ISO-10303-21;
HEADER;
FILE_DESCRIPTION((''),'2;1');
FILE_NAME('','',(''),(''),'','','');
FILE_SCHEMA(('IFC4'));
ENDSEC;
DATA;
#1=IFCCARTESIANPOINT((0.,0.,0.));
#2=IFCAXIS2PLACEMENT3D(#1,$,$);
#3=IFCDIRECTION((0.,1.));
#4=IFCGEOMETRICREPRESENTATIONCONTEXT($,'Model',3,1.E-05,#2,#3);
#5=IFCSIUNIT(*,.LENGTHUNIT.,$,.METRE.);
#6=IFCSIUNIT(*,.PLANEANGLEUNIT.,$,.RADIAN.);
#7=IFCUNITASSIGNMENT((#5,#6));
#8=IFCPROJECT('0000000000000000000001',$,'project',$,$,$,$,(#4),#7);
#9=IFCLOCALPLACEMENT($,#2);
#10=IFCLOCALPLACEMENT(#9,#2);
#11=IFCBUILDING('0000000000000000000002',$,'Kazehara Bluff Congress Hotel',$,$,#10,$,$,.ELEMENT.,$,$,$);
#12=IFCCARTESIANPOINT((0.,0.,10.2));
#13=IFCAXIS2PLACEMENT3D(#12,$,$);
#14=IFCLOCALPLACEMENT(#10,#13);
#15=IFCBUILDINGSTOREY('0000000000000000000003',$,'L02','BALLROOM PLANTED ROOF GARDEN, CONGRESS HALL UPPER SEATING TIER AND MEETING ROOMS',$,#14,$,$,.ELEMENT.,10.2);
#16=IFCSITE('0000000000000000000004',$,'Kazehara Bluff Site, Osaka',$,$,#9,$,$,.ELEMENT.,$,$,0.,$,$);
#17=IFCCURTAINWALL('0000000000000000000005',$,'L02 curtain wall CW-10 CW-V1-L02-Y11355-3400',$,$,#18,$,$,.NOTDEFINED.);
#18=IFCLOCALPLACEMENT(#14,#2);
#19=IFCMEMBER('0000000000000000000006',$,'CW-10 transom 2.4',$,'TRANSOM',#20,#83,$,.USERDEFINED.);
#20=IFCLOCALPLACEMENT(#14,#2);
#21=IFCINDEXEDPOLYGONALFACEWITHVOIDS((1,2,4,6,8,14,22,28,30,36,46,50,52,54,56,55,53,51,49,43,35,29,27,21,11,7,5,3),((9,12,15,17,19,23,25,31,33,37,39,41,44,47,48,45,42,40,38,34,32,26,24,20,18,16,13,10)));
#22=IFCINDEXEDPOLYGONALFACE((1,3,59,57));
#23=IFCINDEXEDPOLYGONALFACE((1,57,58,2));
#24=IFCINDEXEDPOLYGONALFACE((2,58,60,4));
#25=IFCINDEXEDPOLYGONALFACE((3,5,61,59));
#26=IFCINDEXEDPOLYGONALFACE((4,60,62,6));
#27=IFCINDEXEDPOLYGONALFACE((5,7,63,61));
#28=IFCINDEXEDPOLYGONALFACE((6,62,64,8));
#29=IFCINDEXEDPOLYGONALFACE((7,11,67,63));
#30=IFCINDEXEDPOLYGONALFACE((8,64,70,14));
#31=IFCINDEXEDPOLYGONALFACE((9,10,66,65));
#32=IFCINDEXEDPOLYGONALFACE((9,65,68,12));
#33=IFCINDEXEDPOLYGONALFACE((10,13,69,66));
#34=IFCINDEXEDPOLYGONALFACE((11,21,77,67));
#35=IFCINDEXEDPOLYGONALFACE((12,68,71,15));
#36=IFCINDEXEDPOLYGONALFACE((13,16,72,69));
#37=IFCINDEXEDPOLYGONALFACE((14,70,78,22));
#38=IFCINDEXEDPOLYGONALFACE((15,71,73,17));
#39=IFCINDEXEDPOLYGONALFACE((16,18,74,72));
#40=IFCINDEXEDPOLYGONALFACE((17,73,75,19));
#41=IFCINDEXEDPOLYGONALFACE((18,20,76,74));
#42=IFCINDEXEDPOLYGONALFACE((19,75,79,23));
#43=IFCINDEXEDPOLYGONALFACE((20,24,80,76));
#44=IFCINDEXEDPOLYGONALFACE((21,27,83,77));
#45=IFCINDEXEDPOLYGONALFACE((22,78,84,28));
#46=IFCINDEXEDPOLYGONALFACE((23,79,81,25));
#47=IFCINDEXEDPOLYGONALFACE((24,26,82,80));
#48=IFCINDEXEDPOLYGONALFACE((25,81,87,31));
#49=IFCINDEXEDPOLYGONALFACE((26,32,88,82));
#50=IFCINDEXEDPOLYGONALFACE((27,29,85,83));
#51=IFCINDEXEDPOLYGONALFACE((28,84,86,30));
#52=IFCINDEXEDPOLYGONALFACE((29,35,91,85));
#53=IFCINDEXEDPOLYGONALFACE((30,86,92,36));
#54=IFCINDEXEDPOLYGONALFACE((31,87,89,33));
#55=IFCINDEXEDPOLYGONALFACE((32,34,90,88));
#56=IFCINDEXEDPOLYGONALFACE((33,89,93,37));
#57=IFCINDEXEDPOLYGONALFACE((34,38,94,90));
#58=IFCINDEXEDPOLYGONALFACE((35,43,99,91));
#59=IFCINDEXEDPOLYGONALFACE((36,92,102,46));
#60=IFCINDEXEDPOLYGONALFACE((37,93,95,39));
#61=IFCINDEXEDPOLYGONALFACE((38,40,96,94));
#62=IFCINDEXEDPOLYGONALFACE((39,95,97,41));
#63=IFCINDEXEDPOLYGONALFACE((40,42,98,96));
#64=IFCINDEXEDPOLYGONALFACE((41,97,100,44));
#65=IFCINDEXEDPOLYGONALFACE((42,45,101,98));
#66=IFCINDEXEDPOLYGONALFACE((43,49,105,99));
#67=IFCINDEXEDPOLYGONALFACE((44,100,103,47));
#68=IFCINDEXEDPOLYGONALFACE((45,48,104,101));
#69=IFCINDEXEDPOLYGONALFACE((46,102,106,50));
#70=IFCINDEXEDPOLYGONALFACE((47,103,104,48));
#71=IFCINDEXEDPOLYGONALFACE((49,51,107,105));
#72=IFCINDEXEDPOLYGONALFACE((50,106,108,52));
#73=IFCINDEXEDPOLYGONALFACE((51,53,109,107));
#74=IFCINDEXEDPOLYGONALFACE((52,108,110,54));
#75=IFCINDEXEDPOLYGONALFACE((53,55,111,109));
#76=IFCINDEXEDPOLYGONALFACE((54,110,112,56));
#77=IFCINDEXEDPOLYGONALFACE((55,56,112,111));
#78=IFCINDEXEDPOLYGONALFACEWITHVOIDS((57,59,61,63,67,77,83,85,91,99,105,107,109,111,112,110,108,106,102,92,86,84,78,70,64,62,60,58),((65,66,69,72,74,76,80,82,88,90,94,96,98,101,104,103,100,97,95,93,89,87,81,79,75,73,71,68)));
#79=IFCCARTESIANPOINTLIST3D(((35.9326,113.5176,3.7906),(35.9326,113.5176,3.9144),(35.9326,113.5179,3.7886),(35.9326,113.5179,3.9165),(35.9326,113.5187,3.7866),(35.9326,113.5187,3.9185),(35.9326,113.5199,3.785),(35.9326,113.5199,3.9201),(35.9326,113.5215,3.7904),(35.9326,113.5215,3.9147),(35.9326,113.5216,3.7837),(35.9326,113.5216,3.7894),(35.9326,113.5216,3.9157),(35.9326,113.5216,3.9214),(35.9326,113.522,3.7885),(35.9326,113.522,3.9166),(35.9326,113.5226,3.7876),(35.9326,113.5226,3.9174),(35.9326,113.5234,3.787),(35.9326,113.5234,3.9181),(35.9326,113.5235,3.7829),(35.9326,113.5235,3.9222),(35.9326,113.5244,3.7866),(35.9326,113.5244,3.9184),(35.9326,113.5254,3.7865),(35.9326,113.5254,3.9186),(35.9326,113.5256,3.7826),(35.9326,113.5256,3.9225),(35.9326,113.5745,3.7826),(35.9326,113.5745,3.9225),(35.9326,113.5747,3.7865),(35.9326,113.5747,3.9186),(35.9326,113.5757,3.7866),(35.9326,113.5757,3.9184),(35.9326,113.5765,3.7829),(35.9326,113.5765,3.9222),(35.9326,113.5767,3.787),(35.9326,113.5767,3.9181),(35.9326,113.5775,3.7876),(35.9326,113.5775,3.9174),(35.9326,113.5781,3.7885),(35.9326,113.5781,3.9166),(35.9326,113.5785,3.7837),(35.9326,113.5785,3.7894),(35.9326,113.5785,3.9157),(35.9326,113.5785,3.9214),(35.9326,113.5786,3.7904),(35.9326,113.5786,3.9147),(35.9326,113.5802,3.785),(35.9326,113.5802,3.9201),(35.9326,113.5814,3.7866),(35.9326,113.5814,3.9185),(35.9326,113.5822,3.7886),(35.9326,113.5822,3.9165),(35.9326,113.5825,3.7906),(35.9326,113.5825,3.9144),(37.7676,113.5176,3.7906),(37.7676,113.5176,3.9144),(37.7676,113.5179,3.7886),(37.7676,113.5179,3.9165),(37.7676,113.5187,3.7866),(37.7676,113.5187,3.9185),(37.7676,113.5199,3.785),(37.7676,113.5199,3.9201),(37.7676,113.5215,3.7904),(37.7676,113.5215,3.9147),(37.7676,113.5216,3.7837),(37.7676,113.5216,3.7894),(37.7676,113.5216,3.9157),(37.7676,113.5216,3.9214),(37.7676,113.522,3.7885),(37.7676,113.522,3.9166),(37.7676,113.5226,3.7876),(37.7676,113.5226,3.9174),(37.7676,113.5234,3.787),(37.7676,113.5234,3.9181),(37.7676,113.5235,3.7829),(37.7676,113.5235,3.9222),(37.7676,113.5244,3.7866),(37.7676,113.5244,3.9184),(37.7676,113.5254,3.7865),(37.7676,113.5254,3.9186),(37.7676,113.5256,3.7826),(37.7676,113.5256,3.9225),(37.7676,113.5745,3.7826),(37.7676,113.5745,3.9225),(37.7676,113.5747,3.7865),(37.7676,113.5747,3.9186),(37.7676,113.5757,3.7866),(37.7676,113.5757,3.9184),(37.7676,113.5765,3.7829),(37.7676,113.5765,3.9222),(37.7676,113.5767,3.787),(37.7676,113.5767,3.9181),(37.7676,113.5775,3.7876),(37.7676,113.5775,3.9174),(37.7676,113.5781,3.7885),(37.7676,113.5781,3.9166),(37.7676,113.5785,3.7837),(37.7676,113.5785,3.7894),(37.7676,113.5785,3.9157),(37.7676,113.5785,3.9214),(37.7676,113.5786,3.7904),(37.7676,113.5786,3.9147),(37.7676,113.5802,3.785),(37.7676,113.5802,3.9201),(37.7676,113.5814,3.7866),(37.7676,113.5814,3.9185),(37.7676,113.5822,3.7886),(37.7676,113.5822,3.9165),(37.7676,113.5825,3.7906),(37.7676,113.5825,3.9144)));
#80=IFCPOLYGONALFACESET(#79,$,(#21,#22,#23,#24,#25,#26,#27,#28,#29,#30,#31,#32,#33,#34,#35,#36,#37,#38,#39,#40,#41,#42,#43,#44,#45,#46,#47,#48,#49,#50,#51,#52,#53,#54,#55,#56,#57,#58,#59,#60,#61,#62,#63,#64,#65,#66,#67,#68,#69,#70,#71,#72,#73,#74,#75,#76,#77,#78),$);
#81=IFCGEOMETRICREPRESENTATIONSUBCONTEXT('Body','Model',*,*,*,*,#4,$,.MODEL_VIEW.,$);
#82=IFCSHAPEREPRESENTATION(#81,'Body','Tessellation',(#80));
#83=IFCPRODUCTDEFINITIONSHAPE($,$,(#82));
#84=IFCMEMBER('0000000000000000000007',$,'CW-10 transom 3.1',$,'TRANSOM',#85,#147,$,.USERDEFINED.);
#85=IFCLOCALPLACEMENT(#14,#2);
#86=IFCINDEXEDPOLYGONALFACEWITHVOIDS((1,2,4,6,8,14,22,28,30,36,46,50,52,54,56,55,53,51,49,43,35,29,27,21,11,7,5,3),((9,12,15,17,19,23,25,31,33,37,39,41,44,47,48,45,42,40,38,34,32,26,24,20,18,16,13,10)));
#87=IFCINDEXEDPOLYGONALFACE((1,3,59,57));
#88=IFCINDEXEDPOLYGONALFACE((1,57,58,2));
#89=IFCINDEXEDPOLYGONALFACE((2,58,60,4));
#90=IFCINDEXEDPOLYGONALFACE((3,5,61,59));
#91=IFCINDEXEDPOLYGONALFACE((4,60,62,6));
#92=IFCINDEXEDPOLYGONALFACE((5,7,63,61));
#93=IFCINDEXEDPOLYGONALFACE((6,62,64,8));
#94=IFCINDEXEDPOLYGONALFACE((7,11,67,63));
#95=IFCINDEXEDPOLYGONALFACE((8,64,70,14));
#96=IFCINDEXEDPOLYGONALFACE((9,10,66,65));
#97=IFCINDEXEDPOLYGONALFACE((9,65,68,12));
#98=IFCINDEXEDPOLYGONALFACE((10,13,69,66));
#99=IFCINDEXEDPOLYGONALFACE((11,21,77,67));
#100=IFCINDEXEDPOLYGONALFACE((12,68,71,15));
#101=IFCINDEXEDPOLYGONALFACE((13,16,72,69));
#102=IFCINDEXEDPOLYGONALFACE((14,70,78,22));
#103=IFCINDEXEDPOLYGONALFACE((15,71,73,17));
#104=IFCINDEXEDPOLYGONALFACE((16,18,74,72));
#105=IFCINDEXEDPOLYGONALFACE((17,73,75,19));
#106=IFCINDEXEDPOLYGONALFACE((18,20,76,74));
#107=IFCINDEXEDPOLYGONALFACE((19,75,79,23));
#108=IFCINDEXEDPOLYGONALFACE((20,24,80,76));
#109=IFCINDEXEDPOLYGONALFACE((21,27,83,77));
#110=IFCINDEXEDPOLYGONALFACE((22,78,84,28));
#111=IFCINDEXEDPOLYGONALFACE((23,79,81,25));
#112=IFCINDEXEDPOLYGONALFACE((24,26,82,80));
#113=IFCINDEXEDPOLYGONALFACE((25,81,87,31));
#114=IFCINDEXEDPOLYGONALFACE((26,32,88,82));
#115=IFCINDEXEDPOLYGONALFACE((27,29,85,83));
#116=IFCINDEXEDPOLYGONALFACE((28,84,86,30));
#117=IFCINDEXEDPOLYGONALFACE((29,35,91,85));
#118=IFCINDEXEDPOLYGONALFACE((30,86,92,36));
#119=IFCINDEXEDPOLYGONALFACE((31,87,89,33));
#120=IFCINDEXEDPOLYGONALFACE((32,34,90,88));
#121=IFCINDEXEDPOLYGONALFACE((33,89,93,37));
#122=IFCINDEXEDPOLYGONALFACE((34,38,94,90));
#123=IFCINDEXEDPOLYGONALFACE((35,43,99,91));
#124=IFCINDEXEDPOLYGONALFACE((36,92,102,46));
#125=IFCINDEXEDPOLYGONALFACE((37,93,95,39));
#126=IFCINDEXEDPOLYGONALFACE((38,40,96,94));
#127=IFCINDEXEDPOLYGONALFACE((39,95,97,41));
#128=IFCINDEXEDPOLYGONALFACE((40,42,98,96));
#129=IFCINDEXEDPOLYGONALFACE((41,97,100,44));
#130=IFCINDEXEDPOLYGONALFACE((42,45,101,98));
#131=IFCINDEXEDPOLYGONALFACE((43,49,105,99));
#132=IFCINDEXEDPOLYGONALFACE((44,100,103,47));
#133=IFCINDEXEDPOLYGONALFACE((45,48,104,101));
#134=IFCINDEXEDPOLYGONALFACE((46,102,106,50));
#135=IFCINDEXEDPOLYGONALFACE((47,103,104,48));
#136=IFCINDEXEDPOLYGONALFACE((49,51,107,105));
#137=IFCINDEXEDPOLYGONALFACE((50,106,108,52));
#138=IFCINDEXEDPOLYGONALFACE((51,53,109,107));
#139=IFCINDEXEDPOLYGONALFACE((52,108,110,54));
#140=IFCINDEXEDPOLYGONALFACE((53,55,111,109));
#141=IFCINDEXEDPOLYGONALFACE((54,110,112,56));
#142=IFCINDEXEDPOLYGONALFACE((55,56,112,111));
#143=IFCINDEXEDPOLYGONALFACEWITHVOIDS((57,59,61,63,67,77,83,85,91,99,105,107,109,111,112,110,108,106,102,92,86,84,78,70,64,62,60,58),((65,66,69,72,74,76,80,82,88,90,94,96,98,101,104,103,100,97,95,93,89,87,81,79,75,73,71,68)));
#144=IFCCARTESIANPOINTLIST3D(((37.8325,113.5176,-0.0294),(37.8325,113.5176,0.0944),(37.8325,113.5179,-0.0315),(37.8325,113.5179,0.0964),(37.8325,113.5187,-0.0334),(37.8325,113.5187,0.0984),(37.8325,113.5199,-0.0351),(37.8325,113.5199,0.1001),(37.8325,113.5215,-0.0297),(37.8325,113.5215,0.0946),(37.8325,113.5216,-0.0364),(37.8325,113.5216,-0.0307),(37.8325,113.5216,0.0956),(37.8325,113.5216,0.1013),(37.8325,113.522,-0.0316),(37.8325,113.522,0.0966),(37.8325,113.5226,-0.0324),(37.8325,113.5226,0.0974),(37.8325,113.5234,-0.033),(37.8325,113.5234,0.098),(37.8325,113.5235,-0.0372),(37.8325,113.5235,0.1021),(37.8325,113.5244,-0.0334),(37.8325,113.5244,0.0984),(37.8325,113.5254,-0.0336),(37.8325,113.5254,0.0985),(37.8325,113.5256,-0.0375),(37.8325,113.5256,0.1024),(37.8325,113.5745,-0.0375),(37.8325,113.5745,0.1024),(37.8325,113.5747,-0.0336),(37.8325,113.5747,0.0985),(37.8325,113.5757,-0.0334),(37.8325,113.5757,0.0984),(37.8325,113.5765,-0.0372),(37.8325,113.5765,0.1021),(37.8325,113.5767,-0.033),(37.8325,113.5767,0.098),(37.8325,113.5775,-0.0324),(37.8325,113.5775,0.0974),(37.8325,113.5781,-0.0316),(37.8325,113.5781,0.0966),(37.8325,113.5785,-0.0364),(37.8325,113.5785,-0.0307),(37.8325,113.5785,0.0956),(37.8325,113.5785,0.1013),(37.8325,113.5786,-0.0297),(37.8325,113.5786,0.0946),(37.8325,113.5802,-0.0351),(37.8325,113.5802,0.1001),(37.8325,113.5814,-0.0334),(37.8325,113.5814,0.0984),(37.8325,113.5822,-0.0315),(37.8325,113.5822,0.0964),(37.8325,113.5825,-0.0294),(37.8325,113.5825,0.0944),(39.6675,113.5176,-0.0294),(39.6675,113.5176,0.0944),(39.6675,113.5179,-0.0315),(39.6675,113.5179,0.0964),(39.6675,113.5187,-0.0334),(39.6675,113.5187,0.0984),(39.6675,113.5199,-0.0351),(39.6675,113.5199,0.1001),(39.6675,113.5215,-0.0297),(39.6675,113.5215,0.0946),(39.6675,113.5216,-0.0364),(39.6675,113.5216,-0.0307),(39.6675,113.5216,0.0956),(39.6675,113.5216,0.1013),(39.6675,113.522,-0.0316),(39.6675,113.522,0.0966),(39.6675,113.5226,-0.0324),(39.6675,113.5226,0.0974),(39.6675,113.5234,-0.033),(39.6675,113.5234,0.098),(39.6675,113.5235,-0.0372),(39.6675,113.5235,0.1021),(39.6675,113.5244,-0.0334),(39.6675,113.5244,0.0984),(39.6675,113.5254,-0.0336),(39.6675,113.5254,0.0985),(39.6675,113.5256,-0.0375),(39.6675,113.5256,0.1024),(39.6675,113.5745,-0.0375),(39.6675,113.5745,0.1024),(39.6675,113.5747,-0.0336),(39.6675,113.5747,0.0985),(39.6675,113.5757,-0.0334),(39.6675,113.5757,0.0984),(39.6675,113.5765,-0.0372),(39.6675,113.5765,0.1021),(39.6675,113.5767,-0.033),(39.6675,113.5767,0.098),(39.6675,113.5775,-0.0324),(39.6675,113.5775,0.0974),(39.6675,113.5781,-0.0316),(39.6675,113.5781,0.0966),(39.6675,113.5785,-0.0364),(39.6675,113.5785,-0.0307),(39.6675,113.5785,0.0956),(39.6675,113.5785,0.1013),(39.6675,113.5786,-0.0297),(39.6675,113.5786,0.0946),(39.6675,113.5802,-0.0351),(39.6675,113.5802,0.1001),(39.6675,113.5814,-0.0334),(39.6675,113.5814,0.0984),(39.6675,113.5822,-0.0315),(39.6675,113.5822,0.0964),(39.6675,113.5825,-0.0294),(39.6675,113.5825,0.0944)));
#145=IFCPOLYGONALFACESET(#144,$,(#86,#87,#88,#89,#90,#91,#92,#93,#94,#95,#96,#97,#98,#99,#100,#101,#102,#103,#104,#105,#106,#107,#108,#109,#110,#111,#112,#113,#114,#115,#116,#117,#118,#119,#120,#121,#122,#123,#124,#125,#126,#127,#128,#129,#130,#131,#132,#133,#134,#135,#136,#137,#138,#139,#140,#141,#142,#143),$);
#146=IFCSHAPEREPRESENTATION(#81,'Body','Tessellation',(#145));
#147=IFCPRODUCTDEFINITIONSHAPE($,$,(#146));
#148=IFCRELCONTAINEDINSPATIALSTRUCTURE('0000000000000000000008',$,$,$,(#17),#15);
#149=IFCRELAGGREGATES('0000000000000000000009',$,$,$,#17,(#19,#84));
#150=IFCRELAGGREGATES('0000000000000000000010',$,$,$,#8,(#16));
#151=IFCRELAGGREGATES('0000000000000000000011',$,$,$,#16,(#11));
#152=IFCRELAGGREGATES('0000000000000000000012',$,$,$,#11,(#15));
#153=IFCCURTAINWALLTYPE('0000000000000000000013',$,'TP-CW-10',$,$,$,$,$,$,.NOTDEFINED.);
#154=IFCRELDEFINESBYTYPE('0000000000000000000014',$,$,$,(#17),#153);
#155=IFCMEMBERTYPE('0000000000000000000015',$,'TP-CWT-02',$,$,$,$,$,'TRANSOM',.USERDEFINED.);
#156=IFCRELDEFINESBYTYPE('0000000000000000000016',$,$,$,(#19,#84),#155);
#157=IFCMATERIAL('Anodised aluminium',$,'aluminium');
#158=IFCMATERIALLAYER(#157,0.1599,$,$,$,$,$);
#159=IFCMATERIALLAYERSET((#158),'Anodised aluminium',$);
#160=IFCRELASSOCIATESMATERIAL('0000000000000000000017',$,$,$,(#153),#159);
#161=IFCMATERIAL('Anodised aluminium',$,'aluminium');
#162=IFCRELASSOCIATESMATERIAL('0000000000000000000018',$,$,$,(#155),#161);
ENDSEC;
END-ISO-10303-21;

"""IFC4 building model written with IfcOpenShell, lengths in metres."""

from ifc_helpers import new_model, si_unit, direction, frame, origin, origin_2d, place, context, subcontext, project, spatial, hollow_rectangle, extrude, material, layer, layer_set, material_profile, profile_set, type_object, element, aggregate, save


model = new_model("IFC4")

# Units and contexts
model_context = context("Model", 3, precision=1e-05, world=origin(), true_north=direction((0.0, 1.0)))
body_context = subcontext(model_context, "Body", "Model", "MODEL_VIEW")
ifc_project = project(units=[si_unit("LENGTHUNIT", "METRE"), si_unit("PLANEANGLEUNIT", "RADIAN")], contexts=[model_context])

# Site, building, storey
site_placement = place(None, origin())
site = spatial("IfcSite", under=ifc_project, at=site_placement, Name="Kazehara Bluff Site, Osaka", CompositionType="ELEMENT", RefElevation=0.0)
building_placement = place(site_placement, origin())
building = spatial("IfcBuilding", under=site, at=building_placement, Name="Kazehara Bluff Congress Hotel", CompositionType="ELEMENT")
storey_placement = place(building_placement, frame((0.0, 0.0, 10.2)))
storey = spatial("IfcBuildingStorey", under=building, at=storey_placement, Name="L02", Description="BALLROOM PLANTED ROOF GARDEN, CONGRESS HALL UPPER SEATING TIER AND MEETING ROOMS", CompositionType="ELEMENT", Elevation=10.2)

# Curtain wall, members
ifc_material_1 = material(Name="Anodised aluminium", Category="aluminium")
ifc_layer_1 = layer(ifc_material_1, 0.1599)
ifc_layer_set_1 = layer_set([ifc_layer_1], Name="Anodised aluminium")
curtain_wall_type = type_object("IfcCurtainWallType", Name="TP-CW-10", PredefinedType="NOTDEFINED", material=ifc_layer_set_1)
curtain_wall_placement = place(storey_placement, origin())
curtain_wall = element("IfcCurtainWall", 1, at=curtain_wall_placement, inside=storey, type_object=curtain_wall_type, Name="L02 curtain wall CW-10 CW-V1-L02-Y11355-3400", PredefinedType="NOTDEFINED")
ifc_material_2 = material(Name="Anodised aluminium", Category="aluminium")
ifc_material_profile_1 = material_profile(ifc_material_2, hollow_rectangle(XDim=0.0649, YDim=0.1399, WallThickness=0.0039, InnerFilletRadius=0.0039, OuterFilletRadius=0.0081, at=origin_2d()))
ifc_profile_set_1 = profile_set([ifc_material_profile_1], Name="Anodised aluminium")
member_type_1 = type_object("IfcMemberType", Name="TP-CWT-02", ElementType="TRANSOM", PredefinedType="USERDEFINED", material=ifc_profile_set_1)
member_1_placement = place(storey_placement, frame((35.9326, 113.55, 3.8525), z_axis=(1.0, 0.0, 0.0), x_axis=(0.0, 1.0, 0.0)))
member_1 = element("IfcMember", 2, at=member_1_placement, type_object=member_type_1, Name="CW-10 transom 2.4", ObjectType="TRANSOM", PredefinedType="USERDEFINED", context=body_context, shape_type="SweptSolid", body=[
    extrude(hollow_rectangle(XDim=0.0649, YDim=0.1399, WallThickness=0.0039, InnerFilletRadius=0.0039, OuterFilletRadius=0.0081, at=origin_2d()), origin(), (0.0, 0.0, 1.0), 1.835),
])
member_2_placement = place(storey_placement, frame((37.8325, 113.55, 0.0325), z_axis=(1.0, 0.0, 0.0), x_axis=(0.0, 1.0, 0.0)))
member_2 = element("IfcMember", 3, at=member_2_placement, type_object=member_type_1, Name="CW-10 transom 3.1", ObjectType="TRANSOM", PredefinedType="USERDEFINED", context=body_context, shape_type="SweptSolid", body=[
    extrude(hollow_rectangle(XDim=0.0649, YDim=0.1399, WallThickness=0.0039, InnerFilletRadius=0.0039, OuterFilletRadius=0.0081, at=origin_2d()), origin(), (0.0, 0.0, 1.0), 1.835),
])
aggregate(curtain_wall, [member_1, member_2])

save(model, "model.ifc")
